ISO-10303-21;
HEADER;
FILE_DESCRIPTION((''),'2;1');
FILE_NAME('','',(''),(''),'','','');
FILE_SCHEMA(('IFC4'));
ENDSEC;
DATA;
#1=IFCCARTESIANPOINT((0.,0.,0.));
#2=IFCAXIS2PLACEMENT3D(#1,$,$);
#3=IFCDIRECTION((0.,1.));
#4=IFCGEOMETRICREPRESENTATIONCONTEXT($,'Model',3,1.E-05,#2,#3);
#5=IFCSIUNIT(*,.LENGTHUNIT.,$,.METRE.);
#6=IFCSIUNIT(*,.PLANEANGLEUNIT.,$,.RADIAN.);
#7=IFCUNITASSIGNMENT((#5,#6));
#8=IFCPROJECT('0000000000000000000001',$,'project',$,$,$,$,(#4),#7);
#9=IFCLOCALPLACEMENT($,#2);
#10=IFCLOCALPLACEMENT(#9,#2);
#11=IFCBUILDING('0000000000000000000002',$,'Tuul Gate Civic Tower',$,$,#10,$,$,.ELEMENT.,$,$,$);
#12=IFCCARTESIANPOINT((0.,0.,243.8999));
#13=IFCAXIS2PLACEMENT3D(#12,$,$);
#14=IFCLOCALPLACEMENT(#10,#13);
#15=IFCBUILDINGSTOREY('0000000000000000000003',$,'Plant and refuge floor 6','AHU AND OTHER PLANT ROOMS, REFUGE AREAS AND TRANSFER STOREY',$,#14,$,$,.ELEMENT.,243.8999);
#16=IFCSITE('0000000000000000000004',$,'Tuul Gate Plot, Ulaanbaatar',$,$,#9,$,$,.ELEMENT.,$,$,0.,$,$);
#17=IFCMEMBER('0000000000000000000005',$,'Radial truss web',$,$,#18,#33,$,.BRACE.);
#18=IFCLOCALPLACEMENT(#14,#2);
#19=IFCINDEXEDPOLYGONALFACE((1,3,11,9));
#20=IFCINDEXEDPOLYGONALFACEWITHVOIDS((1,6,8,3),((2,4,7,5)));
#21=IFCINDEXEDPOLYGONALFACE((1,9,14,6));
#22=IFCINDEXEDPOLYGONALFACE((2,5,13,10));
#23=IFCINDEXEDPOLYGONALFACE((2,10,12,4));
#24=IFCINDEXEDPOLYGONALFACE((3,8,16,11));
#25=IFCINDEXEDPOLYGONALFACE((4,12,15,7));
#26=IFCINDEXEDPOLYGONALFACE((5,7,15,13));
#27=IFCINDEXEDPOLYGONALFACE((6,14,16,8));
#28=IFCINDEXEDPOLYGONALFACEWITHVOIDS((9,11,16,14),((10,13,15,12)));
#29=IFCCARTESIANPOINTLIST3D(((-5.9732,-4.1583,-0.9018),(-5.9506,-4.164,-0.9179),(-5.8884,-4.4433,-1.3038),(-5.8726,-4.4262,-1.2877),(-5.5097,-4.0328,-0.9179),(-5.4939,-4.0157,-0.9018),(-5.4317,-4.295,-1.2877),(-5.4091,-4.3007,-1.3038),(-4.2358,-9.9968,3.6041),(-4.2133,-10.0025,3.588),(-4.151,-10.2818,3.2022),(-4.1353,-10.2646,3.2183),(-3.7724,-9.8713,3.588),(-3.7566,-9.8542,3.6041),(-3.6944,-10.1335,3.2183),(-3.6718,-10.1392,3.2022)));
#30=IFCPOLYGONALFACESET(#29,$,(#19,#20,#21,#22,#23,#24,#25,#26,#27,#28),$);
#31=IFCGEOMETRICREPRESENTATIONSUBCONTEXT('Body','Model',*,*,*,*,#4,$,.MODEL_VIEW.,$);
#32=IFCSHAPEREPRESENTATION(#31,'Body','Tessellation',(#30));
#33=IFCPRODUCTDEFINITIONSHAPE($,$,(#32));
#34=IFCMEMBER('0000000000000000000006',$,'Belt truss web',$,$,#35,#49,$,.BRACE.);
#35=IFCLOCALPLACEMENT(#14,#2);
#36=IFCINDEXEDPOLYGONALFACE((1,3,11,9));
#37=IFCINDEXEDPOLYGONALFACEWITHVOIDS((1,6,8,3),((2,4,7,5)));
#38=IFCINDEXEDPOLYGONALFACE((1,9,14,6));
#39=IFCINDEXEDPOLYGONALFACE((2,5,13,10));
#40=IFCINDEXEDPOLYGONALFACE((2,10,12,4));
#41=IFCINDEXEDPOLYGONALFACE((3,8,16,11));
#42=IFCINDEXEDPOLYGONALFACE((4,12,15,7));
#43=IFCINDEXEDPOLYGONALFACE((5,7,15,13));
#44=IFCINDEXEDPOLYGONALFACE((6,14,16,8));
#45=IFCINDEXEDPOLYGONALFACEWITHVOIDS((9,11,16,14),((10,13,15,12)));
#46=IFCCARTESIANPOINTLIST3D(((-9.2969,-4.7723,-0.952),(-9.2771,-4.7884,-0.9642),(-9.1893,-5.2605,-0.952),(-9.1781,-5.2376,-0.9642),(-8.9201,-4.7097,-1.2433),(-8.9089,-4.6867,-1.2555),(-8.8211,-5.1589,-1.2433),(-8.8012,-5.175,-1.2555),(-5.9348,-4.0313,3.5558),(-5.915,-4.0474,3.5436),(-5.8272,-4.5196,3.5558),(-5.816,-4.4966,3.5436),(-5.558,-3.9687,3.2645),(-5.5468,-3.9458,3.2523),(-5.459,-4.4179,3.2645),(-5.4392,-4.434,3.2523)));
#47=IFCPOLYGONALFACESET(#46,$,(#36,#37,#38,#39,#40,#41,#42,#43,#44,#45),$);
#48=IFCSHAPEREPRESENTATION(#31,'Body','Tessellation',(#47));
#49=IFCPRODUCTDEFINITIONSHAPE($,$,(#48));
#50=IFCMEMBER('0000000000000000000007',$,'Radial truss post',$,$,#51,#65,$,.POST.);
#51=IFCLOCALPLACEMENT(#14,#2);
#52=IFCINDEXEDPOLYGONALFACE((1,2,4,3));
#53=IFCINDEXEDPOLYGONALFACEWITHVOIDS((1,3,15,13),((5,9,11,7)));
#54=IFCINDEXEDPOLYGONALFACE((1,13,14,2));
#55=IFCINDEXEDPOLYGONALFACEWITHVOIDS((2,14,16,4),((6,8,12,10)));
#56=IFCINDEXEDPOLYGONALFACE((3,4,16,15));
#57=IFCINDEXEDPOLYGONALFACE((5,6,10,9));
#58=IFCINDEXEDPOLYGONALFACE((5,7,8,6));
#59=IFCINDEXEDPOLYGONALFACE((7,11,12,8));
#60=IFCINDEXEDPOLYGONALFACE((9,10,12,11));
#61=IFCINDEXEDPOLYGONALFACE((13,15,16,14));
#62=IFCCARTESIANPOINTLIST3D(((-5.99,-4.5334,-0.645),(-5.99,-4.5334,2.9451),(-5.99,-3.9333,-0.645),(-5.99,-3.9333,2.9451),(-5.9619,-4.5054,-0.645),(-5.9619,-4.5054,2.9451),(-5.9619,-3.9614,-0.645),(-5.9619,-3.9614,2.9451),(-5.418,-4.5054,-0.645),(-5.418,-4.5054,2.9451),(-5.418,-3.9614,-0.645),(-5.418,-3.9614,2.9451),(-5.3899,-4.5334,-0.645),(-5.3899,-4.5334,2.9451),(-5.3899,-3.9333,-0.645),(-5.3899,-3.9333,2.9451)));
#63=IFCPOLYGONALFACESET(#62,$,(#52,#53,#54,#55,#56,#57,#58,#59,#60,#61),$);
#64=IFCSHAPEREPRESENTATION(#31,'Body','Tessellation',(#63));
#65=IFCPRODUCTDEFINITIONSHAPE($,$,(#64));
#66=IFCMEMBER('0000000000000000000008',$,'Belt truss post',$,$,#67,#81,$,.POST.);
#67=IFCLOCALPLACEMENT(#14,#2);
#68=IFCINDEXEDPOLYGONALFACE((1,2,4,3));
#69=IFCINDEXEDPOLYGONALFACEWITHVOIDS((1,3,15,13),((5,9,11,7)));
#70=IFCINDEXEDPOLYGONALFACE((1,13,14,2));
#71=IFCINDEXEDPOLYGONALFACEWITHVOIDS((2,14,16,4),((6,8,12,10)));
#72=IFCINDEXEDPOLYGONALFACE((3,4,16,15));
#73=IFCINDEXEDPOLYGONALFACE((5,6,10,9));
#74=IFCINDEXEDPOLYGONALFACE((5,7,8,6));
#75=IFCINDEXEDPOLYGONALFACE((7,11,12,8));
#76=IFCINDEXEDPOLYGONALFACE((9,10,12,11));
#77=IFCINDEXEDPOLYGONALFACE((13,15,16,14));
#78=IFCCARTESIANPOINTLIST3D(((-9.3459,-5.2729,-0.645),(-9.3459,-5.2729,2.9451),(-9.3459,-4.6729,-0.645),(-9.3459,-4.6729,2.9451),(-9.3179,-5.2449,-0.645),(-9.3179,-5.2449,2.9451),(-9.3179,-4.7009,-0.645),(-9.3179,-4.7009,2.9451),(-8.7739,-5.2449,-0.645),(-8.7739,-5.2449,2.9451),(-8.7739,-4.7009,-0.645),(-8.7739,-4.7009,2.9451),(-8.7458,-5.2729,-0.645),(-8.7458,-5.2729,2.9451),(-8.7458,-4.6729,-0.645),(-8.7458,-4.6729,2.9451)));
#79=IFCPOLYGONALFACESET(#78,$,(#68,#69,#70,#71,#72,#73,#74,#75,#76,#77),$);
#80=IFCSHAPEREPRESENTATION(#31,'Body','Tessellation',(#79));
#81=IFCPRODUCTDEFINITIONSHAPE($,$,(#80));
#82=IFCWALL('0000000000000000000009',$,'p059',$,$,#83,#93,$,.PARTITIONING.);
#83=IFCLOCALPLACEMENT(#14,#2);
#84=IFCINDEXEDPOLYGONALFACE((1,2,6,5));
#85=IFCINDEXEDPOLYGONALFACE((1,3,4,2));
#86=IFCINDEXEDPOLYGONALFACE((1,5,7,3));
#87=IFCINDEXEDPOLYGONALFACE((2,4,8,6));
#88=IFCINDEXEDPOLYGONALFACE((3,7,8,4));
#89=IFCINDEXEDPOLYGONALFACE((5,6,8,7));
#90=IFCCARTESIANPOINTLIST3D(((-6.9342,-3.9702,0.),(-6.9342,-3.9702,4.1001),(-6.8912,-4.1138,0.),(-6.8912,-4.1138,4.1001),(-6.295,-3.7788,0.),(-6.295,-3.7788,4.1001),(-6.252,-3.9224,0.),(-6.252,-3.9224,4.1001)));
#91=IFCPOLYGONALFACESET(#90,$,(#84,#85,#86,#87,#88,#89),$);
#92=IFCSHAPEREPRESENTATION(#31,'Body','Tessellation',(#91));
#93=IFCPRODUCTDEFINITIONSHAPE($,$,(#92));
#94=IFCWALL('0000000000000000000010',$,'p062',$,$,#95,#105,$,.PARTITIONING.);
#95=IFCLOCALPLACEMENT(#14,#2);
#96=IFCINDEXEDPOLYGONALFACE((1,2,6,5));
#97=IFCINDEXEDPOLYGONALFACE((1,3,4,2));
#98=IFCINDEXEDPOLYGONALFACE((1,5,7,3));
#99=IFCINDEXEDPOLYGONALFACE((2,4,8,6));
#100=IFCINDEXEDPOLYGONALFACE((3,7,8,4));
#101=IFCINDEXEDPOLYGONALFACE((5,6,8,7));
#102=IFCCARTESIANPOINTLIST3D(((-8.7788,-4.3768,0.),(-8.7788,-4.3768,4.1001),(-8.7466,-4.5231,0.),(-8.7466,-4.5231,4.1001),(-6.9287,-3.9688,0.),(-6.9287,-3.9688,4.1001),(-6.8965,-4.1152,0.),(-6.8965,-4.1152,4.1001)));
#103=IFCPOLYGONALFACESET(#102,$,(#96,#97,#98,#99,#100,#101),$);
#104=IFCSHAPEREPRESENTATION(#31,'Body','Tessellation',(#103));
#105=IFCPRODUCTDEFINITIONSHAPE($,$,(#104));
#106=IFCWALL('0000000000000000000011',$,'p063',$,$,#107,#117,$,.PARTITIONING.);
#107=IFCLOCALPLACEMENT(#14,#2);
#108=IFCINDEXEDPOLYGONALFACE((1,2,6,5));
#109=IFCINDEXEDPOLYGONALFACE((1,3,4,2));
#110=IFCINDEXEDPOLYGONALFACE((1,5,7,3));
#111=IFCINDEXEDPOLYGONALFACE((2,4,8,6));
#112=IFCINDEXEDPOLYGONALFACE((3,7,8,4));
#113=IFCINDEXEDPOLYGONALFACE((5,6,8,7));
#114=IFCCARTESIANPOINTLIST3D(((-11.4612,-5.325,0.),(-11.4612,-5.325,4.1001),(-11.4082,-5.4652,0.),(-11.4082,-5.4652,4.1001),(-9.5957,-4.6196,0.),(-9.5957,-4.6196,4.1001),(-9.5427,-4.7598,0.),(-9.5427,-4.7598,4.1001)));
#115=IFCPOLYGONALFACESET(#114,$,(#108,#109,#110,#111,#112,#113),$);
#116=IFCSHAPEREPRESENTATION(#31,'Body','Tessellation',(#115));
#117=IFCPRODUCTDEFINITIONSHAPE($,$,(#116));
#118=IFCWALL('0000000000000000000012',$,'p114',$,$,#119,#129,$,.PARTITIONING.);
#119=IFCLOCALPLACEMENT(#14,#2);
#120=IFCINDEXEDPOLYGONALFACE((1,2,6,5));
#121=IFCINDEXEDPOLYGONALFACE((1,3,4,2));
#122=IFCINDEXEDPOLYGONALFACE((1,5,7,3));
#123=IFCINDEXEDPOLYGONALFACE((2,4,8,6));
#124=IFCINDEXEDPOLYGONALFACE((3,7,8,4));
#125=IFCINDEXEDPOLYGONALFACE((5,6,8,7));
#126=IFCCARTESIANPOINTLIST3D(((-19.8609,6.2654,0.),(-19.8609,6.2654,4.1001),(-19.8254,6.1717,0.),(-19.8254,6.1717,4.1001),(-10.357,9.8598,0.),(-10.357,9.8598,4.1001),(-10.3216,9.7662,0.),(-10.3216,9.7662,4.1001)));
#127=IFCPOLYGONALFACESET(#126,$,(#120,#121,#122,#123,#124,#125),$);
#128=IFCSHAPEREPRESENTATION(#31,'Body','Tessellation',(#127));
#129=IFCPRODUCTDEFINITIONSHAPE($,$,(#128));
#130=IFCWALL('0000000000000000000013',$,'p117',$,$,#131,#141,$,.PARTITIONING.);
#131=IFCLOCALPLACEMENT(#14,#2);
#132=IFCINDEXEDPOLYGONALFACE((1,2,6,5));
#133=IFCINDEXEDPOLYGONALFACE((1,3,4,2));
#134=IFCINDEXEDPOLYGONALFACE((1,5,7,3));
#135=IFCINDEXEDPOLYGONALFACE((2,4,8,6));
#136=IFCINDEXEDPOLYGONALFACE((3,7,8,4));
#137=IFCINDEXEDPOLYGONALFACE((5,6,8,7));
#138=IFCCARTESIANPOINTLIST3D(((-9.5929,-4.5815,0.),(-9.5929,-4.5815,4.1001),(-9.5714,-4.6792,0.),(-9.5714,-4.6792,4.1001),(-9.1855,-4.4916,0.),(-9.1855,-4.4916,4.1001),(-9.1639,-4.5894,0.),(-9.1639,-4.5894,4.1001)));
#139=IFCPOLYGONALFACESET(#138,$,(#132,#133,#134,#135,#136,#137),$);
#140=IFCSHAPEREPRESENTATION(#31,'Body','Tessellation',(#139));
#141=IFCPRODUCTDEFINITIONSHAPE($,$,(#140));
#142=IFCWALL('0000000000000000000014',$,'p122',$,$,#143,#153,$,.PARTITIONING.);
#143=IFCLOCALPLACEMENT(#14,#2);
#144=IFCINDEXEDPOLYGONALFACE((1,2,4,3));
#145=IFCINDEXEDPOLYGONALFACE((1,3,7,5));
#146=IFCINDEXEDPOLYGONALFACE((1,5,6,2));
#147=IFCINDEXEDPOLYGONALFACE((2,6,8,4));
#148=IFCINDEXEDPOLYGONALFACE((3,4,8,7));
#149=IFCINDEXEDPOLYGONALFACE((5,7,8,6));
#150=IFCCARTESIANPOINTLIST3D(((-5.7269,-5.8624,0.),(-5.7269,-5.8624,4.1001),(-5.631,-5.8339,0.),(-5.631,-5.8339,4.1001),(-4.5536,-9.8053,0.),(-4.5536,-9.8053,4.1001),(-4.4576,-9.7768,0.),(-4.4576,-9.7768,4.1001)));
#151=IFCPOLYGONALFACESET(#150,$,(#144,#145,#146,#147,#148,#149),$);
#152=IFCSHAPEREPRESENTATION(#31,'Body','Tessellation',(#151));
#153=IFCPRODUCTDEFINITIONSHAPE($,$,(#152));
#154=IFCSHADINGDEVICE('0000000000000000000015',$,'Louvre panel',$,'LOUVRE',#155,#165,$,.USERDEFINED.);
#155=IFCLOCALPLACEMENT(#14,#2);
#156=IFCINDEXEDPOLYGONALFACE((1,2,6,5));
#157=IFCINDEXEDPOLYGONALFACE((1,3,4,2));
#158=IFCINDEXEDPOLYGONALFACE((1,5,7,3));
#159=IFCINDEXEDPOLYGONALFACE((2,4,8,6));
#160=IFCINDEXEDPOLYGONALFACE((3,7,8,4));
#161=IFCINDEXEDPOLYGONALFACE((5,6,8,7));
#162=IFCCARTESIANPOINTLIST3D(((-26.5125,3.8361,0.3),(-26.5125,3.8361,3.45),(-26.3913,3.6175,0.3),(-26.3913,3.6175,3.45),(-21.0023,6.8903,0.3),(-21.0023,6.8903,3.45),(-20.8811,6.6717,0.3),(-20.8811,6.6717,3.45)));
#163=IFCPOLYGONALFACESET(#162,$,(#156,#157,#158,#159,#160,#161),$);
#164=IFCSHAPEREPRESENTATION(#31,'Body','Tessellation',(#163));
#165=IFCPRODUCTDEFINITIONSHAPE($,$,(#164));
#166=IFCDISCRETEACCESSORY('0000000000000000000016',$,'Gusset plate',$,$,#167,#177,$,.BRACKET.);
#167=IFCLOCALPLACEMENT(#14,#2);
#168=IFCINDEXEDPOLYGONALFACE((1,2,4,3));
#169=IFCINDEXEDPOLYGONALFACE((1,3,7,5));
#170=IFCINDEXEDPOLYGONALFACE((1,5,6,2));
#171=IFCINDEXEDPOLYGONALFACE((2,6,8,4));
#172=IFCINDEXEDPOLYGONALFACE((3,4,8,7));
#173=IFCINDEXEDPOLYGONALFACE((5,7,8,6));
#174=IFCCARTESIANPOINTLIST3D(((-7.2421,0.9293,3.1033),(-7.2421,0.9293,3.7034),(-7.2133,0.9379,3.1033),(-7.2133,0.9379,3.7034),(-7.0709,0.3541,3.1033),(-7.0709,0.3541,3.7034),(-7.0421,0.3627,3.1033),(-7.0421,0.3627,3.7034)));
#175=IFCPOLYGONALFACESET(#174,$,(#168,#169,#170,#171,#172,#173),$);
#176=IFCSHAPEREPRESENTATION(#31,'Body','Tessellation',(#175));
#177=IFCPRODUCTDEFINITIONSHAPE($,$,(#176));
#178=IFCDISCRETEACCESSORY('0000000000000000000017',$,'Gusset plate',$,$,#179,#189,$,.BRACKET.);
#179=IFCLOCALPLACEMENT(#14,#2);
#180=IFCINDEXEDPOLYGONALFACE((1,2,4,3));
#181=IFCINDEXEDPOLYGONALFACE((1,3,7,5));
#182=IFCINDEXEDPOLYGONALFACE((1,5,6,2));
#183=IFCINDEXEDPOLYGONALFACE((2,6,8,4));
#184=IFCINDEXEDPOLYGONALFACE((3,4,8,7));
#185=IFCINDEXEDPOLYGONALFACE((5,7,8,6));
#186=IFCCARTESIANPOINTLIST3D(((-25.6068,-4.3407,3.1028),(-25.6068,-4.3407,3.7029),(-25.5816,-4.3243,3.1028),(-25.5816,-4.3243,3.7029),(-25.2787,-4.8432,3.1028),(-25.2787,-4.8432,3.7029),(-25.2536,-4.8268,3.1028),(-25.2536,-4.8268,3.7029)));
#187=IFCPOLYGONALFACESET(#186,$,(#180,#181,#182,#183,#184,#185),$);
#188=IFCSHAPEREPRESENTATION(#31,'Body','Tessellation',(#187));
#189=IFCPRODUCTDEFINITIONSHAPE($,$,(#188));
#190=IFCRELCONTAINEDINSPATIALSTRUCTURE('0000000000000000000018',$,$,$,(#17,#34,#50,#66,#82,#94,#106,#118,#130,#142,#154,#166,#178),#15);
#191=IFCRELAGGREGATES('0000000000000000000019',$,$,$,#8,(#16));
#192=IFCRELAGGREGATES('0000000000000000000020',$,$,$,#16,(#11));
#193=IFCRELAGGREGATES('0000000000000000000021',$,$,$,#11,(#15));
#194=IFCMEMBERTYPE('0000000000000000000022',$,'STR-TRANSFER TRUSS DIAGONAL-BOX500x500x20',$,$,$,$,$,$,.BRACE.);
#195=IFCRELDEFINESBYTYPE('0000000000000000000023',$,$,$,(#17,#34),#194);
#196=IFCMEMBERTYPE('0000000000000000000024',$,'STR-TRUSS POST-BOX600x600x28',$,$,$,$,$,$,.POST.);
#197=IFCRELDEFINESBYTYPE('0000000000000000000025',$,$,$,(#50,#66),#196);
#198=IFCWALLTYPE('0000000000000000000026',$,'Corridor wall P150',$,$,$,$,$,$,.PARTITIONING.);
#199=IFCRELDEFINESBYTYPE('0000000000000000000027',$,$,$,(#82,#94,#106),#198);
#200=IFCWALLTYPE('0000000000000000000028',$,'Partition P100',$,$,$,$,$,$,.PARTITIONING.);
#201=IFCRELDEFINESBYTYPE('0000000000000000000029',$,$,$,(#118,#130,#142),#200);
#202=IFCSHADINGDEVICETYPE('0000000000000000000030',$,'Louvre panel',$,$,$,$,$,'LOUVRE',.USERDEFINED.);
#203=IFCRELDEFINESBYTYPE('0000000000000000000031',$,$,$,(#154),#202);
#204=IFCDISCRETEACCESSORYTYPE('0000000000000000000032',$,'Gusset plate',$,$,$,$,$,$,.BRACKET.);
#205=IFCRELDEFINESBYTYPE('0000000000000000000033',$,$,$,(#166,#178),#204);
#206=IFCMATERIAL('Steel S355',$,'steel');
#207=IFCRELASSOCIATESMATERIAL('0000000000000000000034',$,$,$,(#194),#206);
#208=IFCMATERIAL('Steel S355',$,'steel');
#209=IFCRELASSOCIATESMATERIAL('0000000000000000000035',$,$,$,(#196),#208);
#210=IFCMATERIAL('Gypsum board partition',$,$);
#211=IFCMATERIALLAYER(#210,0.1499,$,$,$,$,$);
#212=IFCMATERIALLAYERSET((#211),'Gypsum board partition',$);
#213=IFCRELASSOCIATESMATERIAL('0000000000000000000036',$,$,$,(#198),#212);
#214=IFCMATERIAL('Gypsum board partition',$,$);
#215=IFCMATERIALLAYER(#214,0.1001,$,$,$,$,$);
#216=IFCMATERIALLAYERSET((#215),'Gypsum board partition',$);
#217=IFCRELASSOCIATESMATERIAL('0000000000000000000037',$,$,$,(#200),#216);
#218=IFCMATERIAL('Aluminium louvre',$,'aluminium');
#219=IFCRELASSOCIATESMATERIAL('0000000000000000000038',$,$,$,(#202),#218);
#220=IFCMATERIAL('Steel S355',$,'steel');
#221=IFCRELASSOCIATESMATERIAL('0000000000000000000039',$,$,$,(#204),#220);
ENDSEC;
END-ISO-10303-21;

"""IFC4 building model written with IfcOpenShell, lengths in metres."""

from ifc_helpers import new_model, si_unit, direction, frame, frame_2d, origin, origin_2d, place, context, subcontext, project, spatial, rectangle, hollow_rectangle, extrude, material, layer, layer_set, material_profile, profile_set, type_object, element, save


model = new_model("IFC4")

# Units and contexts
model_context = context("Model", 3, precision=1e-05, world=origin(), true_north=direction((0.0, 1.0)))
body_context = subcontext(model_context, "Body", "Model", "MODEL_VIEW")
ifc_project = project(units=[si_unit("LENGTHUNIT", "METRE"), si_unit("PLANEANGLEUNIT", "RADIAN")], contexts=[model_context])

# Site, building, storey
site_placement = place(None, origin())
site = spatial("IfcSite", under=ifc_project, at=site_placement, Name="Tuul Gate Plot, Ulaanbaatar", CompositionType="ELEMENT", RefElevation=0.0)
building_placement = place(site_placement, origin())
building = spatial("IfcBuilding", under=site, at=building_placement, Name="Tuul Gate Civic Tower", CompositionType="ELEMENT")
storey_placement = place(building_placement, frame((0.0, 0.0, 243.8999)))
storey = spatial("IfcBuildingStorey", under=building, at=storey_placement, Name="Plant and refuge floor 6", Description="AHU AND OTHER PLANT ROOMS, REFUGE AREAS AND TRANSFER STOREY", CompositionType="ELEMENT", Elevation=243.8999)

# Members
ifc_material_1 = material(Name="Steel S355", Category="steel")
ifc_material_profile_1 = material_profile(ifc_material_1, hollow_rectangle(XDim=0.5, YDim=0.5, WallThickness=0.02, at=origin_2d()), Name="BOX500x500x20")
ifc_profile_set_1 = profile_set([ifc_material_profile_1], Name="Steel S355")
member_type_1 = type_object("IfcMemberType", Name="STR-TRANSFER TRUSS DIAGONAL-BOX500x500x20", PredefinedType="BRACE", material=ifc_profile_set_1)
member_1_placement = place(storey_placement, frame((-5.6912, -4.2295, -1.1028), z_axis=(0.229293, -0.770562, 0.594693), x_axis=(0.958466, 0.285207, 0.0)))
element("IfcMember", 1, at=member_1_placement, inside=storey, type_object=member_type_1, Name="Radial truss web", PredefinedType="BRACE", context=body_context, shape_type="SweptSolid", body=[
    extrude(hollow_rectangle(XDim=0.5, YDim=0.5, WallThickness=0.02, at=origin_2d()), origin(), (0.0, 0.0, 1.0), 7.5769),
])
member_2_placement = place(storey_placement, frame((-9.0491, -4.9736, -1.1038), z_axis=(0.592735, 0.130633, 0.794733), x_axis=(-0.215226, 0.976564, 0.0)))
element("IfcMember", 2, at=member_2_placement, inside=storey, type_object=member_type_1, Name="Belt truss web", PredefinedType="BRACE", context=body_context, shape_type="SweptSolid", body=[
    extrude(hollow_rectangle(XDim=0.5, YDim=0.5, WallThickness=0.02, at=origin_2d()), origin(), (0.0, 0.0, 1.0), 5.6721),
])
ifc_material_2 = material(Name="Steel S355", Category="steel")
ifc_material_profile_2 = material_profile(ifc_material_2, hollow_rectangle(XDim=0.6001, YDim=0.6001, WallThickness=0.0281, at=origin_2d()), Name="BOX600x600x28")
ifc_profile_set_2 = profile_set([ifc_material_profile_2], Name="Steel S355")
member_type_2 = type_object("IfcMemberType", Name="STR-TRUSS POST-BOX600x600x28", PredefinedType="POST", material=ifc_profile_set_2)
for number, where, z_axis, x_axis, name in (
    (3, (-5.6899, -4.2334, -0.645), (0.0, 0.0, 1.0), (1.0, 0.0, 0.0), "Radial truss post"),
    (4, (-9.0459, -4.9729, -0.645), (0.0, 0.0, 1.0), (1.0, 0.0, 0.0), "Belt truss post"),
):
    element("IfcMember", number, at=place(storey_placement, frame(where, z_axis=z_axis, x_axis=x_axis)), inside=storey, type_object=member_type_2, Name=name, PredefinedType="POST", context=body_context, shape_type="SweptSolid", body=[
        extrude(hollow_rectangle(XDim=0.6001, YDim=0.6001, WallThickness=0.0281, at=origin_2d()), origin(), (0.0, 0.0, 1.0), 3.5901),
    ])

# Walls
ifc_material_3 = material(Name="Gypsum board partition")
ifc_layer_1 = layer(ifc_material_3, 0.1499)
ifc_layer_set_1 = layer_set([ifc_layer_1], Name="Gypsum board partition")
wall_type_1 = type_object("IfcWallType", Name="Corridor wall P150", PredefinedType="PARTITIONING", material=ifc_layer_set_1)
wall_1_placement = place(storey_placement, frame((-6.9126, -4.042, 0.0), z_axis=(0.0, 0.0, 1.0), x_axis=(0.957967, 0.286878, 0.0)))
element("IfcWall", 5, at=wall_1_placement, inside=storey, type_object=wall_type_1, Name="p059", PredefinedType="PARTITIONING", context=body_context, shape_type="SweptSolid", body=[
    extrude(rectangle(XDim=0.6672, YDim=0.1499, at=frame_2d((0.3335, 0.0))), origin(), (0.0, 0.0, 1.0), 4.1001),
])
wall_2_placement = place(storey_placement, frame((-8.7627, -4.45, 0.0), z_axis=(0.0, 0.0, 1.0), x_axis=(0.976541, 0.215334, 0.0)))
element("IfcWall", 6, at=wall_2_placement, inside=storey, type_object=wall_type_1, Name="p062", PredefinedType="PARTITIONING", context=body_context, shape_type="SweptSolid", body=[
    extrude(rectangle(XDim=1.8945, YDim=0.1499, at=frame_2d((0.9473, 0.0))), origin(), (0.0, 0.0, 1.0), 4.1001),
])
wall_3_placement = place(storey_placement, frame((-11.4346, -5.395, 0.0), z_axis=(0.0, 0.0, 1.0), x_axis=(0.935375, 0.353658, 0.0)))
element("IfcWall", 7, at=wall_3_placement, inside=storey, type_object=wall_type_1, Name="p063", PredefinedType="PARTITIONING", context=body_context, shape_type="SweptSolid", body=[
    extrude(rectangle(XDim=1.9944, YDim=0.1499, at=frame_2d((0.9971, 0.0))), origin(), (0.0, 0.0, 1.0), 4.1001),
])
ifc_material_4 = material(Name="Gypsum board partition")
ifc_layer_2 = layer(ifc_material_4, 0.1001)
ifc_layer_set_2 = layer_set([ifc_layer_2], Name="Gypsum board partition")
wall_type_2 = type_object("IfcWallType", Name="Partition P100", PredefinedType="PARTITIONING", material=ifc_layer_set_2)
wall_4_placement = place(storey_placement, frame((-19.8433, 6.2185, 0.0), z_axis=(0.0, 0.0, 1.0), x_axis=(0.935338, 0.353755, 0.0)))
element("IfcWall", 8, at=wall_4_placement, inside=storey, type_object=wall_type_2, Name="p114", PredefinedType="PARTITIONING", context=body_context, shape_type="SweptSolid", body=[
    extrude(rectangle(XDim=10.1609, YDim=0.1001, at=frame_2d((5.0806, 0.0))), origin(), (0.0, 0.0, 1.0), 4.1001),
])
wall_5_placement = place(storey_placement, frame((-9.1748, -4.5405, 0.0), z_axis=(0.0, 0.0, 1.0), x_axis=(-0.976544, -0.215319, 0.0)))
element("IfcWall", 9, at=wall_5_placement, inside=storey, type_object=wall_type_2, Name="p117", PredefinedType="PARTITIONING", context=body_context, shape_type="SweptSolid", body=[
    extrude(rectangle(XDim=0.4172, YDim=0.1001, at=frame_2d((0.2085, 0.0))), origin(), (0.0, 0.0, 1.0), 4.1001),
])
wall_6_placement = place(storey_placement, frame((-5.679, -5.8481, 0.0), z_axis=(0.0, 0.0, 1.0), x_axis=(0.285224, -0.958461, 0.0)))
element("IfcWall", 10, at=wall_6_placement, inside=storey, type_object=wall_type_2, Name="p122", PredefinedType="PARTITIONING", context=body_context, shape_type="SweptSolid", body=[
    extrude(rectangle(XDim=4.1138, YDim=0.1001, at=frame_2d((2.0569, 0.0))), origin(), (0.0, 0.0, 1.0), 4.1001),
])

# Shading device
ifc_material_5 = material(Name="Aluminium louvre", Category="aluminium")
shading_device_type = type_object("IfcShadingDeviceType", Name="Louvre panel", ElementType="LOUVRE", PredefinedType="USERDEFINED", material=ifc_material_5)
shading_device_placement = place(storey_placement, frame((-23.6968, 5.2539, 0.3), z_axis=(0.0, 0.0, 1.0), x_axis=(-0.484789, 0.874631, 0.0)))
element("IfcShadingDevice", 11, at=shading_device_placement, inside=storey, type_object=shading_device_type, Name="Louvre panel", ObjectType="LOUVRE", PredefinedType="USERDEFINED", context=body_context, shape_type="SweptSolid", body=[
    extrude(rectangle(XDim=0.25, YDim=6.3, at=origin_2d()), origin(), (0.0, 0.0, 1.0), 3.1499),
])

# Discrete accessories
ifc_material_6 = material(Name="Steel S355", Category="steel")
discrete_accessory_type = type_object("IfcDiscreteAccessoryType", Name="Gusset plate", PredefinedType="BRACKET", material=ifc_material_6)
for number, where, z_axis, x_axis, name in (
    (12, (-7.1421, 0.646, 3.1033), (0.0, 0.0, 1.0), (-0.285212, 0.958464, 0.0), "Gusset plate"),
    (13, (-25.4302, -4.5837, 3.1028), (0.0, 0.0, 1.0), (-0.546689, 0.837336, 0.0), "Gusset plate"),
):
    element("IfcDiscreteAccessory", number, at=place(storey_placement, frame(where, z_axis=z_axis, x_axis=x_axis)), inside=storey, type_object=discrete_accessory_type, Name=name, PredefinedType="BRACKET", context=body_context, shape_type="SweptSolid", body=[
        extrude(rectangle(XDim=0.6001, YDim=0.03, at=origin_2d()), origin(), (0.0, 0.0, 1.0), 0.6001),
    ])

save(model, "model.ifc")
